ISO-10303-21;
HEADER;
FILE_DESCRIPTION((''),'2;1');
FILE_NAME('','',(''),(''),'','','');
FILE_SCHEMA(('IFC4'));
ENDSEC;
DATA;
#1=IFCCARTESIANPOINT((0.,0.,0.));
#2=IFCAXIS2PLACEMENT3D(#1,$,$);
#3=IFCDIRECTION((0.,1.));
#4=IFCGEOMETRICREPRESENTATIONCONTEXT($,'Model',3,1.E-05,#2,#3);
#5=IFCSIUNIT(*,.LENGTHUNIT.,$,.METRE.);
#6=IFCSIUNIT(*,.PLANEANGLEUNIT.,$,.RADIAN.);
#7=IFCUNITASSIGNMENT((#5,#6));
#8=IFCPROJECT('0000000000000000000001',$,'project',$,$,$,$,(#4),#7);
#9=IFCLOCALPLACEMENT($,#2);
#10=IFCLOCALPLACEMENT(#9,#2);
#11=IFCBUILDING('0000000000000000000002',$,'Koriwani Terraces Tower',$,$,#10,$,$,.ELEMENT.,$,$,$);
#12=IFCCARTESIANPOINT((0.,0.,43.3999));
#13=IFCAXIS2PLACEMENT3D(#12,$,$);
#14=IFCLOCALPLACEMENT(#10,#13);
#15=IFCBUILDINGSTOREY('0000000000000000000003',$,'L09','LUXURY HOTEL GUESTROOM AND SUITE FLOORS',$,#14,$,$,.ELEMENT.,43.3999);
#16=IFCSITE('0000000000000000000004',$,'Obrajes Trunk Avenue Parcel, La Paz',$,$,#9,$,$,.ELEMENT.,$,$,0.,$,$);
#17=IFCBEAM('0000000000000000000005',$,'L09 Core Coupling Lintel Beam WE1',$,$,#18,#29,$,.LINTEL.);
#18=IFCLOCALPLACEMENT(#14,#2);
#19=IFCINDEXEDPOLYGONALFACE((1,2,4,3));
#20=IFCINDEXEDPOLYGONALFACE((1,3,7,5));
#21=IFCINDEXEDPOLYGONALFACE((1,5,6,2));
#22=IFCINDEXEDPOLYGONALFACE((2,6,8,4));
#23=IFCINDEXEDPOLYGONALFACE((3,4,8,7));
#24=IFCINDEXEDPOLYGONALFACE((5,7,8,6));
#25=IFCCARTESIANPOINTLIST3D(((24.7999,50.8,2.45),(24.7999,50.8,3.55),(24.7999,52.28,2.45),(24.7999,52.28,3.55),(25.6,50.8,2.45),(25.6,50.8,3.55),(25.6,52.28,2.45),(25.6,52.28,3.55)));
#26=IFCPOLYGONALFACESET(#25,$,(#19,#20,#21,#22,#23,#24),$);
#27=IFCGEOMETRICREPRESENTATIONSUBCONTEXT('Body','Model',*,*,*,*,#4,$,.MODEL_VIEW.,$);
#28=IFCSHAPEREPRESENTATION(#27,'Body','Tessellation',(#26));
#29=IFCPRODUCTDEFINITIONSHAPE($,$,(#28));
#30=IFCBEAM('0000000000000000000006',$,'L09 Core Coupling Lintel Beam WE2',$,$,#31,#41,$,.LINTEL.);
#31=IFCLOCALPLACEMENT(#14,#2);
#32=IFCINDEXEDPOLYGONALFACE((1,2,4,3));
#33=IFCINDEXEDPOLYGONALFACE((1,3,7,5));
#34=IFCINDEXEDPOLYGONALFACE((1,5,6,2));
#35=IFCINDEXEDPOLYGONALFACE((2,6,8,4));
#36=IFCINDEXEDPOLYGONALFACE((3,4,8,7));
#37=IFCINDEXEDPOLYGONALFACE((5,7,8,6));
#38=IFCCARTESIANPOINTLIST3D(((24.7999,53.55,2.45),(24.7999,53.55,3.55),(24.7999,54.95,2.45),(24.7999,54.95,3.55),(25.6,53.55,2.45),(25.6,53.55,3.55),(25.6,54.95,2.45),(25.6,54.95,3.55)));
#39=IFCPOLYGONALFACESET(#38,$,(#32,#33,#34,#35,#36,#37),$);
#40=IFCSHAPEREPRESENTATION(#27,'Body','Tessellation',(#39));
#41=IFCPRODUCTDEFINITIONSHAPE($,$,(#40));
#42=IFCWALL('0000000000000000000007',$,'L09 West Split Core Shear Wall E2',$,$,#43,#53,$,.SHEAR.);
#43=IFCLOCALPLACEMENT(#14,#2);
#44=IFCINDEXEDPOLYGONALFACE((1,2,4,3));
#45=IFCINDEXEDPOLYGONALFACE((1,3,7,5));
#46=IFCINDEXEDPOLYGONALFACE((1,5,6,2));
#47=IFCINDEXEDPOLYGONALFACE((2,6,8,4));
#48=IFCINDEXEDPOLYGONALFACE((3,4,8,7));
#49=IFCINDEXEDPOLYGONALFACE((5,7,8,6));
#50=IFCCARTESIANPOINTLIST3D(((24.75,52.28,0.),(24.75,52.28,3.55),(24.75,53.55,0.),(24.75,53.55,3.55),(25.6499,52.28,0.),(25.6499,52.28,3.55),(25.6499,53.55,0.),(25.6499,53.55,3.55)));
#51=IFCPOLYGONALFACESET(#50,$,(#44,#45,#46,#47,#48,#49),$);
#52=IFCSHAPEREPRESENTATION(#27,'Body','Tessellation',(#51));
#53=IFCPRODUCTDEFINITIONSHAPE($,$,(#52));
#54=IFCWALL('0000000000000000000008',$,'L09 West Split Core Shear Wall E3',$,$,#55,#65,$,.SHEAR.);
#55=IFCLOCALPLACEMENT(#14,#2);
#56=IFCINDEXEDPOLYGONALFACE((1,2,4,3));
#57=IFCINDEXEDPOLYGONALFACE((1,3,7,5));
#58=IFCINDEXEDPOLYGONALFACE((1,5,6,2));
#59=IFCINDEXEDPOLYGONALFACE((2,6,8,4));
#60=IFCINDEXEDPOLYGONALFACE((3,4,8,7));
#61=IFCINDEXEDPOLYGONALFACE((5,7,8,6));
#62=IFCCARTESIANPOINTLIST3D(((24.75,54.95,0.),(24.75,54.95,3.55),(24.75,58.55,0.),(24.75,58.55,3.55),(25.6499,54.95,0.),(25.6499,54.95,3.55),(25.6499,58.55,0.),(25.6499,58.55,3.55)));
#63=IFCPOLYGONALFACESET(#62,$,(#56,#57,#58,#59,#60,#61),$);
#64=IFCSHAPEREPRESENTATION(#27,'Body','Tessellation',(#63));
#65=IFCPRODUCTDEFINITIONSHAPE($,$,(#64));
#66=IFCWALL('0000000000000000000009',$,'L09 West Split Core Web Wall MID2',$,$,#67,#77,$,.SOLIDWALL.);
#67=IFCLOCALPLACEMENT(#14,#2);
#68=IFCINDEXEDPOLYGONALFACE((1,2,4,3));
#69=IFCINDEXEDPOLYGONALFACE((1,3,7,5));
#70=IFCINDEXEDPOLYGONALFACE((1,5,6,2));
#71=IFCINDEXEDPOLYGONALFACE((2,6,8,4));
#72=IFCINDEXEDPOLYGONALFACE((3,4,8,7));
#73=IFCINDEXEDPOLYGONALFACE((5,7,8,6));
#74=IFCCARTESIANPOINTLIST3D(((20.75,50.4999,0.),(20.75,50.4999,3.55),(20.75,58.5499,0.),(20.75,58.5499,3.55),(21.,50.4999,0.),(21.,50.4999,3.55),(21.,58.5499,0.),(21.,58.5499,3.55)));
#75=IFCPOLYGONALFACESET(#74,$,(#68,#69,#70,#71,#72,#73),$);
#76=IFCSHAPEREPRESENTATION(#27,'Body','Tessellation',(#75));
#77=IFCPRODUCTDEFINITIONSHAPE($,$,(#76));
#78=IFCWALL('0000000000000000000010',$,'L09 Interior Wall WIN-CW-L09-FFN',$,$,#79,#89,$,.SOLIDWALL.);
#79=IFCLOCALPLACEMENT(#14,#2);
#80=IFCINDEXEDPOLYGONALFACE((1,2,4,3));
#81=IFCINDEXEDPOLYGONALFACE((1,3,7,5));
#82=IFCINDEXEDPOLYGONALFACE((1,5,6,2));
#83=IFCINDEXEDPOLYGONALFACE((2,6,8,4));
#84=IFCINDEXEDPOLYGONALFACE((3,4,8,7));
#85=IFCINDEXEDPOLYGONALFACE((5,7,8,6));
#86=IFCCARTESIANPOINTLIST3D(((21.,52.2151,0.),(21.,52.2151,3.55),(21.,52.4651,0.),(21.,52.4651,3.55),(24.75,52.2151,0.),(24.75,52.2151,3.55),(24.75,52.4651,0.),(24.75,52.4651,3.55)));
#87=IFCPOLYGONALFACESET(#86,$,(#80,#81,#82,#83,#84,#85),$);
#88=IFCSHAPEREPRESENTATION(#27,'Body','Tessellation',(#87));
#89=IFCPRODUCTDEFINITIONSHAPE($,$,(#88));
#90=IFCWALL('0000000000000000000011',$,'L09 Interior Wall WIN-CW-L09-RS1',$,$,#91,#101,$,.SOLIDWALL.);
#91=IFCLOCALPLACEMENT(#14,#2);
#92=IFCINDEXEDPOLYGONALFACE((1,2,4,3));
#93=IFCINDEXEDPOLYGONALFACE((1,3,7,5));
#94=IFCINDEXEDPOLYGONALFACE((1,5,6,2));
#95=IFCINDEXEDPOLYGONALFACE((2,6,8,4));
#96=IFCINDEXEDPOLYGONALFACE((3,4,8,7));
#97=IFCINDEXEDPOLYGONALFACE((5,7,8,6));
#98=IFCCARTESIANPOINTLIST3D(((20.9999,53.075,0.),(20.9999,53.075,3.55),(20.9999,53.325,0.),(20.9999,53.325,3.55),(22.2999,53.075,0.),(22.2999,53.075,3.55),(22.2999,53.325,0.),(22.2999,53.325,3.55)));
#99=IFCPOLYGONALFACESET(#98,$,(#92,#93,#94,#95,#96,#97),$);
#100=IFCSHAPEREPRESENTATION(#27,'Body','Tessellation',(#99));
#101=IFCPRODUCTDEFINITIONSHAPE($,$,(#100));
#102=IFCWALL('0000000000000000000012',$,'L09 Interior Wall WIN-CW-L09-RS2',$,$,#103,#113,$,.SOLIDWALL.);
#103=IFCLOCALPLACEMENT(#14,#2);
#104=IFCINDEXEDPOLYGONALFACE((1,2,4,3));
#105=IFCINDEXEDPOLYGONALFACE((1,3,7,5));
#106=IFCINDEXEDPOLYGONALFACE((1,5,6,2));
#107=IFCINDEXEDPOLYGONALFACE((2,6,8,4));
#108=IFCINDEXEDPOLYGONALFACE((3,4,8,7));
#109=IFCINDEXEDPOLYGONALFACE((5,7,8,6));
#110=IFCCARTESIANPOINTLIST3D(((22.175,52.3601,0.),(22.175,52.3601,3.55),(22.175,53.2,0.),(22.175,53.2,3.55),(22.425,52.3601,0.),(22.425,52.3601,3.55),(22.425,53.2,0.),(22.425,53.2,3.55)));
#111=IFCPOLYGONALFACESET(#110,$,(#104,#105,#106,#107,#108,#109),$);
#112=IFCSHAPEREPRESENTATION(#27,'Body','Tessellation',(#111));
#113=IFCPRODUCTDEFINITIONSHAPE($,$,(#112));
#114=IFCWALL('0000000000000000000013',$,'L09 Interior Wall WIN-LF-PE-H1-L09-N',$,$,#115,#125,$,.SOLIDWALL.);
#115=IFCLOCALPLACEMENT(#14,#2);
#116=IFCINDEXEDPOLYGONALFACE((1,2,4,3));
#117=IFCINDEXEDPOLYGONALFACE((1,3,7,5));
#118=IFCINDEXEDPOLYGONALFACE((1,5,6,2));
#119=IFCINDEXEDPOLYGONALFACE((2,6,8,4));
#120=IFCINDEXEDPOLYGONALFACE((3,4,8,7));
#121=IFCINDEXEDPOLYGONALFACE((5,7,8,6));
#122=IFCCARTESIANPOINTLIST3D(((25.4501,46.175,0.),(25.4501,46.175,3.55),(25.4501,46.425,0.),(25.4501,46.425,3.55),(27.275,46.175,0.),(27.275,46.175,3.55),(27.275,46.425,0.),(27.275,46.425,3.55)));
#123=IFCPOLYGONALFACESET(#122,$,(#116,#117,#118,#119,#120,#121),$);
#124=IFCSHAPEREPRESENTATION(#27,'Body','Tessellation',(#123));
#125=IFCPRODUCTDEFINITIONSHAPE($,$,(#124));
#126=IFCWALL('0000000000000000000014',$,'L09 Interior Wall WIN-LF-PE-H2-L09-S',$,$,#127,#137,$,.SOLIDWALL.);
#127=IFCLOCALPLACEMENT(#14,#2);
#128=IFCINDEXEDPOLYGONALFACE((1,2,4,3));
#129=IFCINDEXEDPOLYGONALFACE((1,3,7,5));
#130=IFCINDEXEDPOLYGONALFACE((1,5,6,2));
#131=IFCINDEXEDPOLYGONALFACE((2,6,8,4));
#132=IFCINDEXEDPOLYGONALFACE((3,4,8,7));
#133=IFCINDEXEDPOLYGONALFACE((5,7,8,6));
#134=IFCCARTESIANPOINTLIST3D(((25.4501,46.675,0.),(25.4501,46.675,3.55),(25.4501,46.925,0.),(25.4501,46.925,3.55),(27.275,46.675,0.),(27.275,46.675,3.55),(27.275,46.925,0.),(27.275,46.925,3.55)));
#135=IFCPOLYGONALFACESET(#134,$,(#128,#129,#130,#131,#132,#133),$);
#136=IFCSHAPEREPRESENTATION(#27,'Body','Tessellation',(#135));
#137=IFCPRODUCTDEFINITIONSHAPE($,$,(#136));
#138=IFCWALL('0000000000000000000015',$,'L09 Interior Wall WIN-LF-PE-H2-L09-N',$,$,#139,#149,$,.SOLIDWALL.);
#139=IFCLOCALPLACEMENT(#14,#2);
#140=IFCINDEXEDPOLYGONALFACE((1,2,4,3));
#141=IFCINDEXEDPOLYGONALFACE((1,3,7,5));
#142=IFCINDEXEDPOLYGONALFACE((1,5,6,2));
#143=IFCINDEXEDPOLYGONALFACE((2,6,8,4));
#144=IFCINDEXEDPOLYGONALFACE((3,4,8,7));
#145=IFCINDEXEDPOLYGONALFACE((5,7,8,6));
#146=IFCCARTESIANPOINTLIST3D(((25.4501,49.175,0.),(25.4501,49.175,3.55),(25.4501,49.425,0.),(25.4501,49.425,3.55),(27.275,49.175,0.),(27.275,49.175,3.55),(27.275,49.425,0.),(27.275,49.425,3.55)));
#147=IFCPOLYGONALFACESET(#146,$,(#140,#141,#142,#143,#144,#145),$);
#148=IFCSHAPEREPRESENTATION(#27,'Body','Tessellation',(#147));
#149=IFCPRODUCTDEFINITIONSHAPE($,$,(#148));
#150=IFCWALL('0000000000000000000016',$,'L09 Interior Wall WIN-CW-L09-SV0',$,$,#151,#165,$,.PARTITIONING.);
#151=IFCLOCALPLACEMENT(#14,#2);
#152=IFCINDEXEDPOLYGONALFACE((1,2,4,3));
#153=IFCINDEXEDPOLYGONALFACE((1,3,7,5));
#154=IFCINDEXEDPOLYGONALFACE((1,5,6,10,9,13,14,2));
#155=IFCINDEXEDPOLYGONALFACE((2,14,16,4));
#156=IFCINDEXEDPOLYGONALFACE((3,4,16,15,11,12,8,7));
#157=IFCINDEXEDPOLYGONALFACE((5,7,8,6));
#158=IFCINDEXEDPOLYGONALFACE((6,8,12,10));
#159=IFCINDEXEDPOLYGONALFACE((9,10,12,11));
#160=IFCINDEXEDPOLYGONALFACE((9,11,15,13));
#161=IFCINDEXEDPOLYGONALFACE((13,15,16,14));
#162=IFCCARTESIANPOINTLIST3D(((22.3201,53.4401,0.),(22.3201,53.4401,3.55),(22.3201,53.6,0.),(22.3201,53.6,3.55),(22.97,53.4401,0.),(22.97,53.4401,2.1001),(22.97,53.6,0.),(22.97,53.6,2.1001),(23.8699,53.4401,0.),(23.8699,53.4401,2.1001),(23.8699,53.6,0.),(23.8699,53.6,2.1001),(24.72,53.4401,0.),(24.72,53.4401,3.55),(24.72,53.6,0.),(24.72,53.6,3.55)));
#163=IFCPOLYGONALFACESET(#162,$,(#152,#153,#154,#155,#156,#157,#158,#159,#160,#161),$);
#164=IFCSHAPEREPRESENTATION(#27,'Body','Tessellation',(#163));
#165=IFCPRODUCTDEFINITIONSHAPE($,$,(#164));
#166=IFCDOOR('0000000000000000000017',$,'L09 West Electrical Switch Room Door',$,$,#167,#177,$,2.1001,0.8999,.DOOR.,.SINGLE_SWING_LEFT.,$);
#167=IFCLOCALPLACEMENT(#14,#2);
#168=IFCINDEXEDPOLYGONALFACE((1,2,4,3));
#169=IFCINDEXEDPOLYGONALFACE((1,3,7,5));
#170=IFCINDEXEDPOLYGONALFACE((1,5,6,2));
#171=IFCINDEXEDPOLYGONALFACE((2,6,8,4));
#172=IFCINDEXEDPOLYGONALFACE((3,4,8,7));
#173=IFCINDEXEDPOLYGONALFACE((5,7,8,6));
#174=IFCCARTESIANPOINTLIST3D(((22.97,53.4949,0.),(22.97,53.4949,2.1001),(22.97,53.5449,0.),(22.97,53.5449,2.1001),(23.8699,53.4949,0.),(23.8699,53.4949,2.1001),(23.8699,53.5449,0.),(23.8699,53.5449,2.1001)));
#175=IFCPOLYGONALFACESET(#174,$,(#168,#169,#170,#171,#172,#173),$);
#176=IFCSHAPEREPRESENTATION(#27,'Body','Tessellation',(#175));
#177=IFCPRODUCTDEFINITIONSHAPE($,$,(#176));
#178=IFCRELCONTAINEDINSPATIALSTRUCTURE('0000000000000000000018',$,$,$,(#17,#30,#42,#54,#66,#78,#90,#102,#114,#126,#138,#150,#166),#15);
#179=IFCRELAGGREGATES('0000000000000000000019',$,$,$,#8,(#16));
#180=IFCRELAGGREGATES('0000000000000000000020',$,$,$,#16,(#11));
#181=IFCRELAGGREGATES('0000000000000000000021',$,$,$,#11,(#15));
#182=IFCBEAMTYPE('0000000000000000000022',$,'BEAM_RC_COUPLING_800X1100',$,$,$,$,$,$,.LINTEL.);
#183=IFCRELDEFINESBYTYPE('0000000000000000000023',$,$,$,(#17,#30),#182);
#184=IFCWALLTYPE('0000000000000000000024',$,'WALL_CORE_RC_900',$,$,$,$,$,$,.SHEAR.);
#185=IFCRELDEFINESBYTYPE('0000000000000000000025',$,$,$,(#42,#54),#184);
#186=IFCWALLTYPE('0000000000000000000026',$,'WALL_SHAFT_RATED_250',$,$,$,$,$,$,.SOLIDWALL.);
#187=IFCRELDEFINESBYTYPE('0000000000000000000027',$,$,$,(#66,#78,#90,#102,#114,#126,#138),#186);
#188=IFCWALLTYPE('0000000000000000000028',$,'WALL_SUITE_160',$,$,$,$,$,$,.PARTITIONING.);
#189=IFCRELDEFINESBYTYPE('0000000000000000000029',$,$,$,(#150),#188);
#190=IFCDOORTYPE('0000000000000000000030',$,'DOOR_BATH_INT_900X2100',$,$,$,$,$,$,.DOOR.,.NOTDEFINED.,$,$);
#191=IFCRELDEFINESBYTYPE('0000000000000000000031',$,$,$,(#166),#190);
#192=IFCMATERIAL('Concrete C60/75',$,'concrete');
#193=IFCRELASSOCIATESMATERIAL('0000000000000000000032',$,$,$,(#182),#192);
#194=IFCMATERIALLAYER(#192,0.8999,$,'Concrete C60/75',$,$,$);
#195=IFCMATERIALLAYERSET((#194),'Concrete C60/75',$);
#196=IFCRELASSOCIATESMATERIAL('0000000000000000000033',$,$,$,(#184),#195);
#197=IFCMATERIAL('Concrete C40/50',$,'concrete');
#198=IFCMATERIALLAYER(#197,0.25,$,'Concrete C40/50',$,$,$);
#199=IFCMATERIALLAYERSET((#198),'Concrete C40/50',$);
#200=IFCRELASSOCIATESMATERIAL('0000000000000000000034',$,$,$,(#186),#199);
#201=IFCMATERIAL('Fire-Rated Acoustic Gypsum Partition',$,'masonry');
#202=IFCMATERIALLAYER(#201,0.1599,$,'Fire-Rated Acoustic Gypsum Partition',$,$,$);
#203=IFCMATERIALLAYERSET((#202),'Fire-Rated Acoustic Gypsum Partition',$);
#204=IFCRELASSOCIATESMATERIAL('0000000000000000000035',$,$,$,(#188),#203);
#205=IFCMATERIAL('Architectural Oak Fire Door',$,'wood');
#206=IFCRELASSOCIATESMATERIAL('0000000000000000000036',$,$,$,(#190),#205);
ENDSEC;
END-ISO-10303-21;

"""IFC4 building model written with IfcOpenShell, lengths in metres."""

from ifc_helpers import new_model, si_unit, direction, frame, frame_2d, origin, origin_2d, place, context, subcontext, project, spatial, rectangle, extrude, material, layer, layer_set, material_profile, profile_set, type_object, element, fill, save


model = new_model("IFC4")

# Units and contexts
model_context = context("Model", 3, precision=1e-05, world=origin(), true_north=direction((0.0, 1.0)))
body_context = subcontext(model_context, "Body", "Model", "MODEL_VIEW")
ifc_project = project(units=[si_unit("LENGTHUNIT", "METRE"), si_unit("PLANEANGLEUNIT", "RADIAN")], contexts=[model_context])

# Site, building, storey
site_placement = place(None, origin())
site = spatial("IfcSite", under=ifc_project, at=site_placement, Name="Obrajes Trunk Avenue Parcel, La Paz", CompositionType="ELEMENT", RefElevation=0.0)
building_placement = place(site_placement, origin())
building = spatial("IfcBuilding", under=site, at=building_placement, Name="Koriwani Terraces Tower", CompositionType="ELEMENT")
storey_placement = place(building_placement, frame((0.0, 0.0, 43.3999)))
storey = spatial("IfcBuildingStorey", under=building, at=storey_placement, Name="L09", Description="LUXURY HOTEL GUESTROOM AND SUITE FLOORS", CompositionType="ELEMENT", Elevation=43.3999)

# Beams
ifc_material_1 = material(Name="Concrete C60/75", Category="concrete")
ifc_material_profile = material_profile(ifc_material_1, rectangle(XDim=0.8, YDim=1.1001, at=origin_2d()), Name="Concrete C60/75", Category="LoadBearing")
ifc_profile_set = profile_set([ifc_material_profile], Name="Concrete C60/75")
beam_type = type_object("IfcBeamType", Name="BEAM_RC_COUPLING_800X1100", PredefinedType="LINTEL", material=ifc_profile_set)
beam_1_placement = place(storey_placement, frame((25.2, 50.8, 3.0), z_axis=(0.0, 1.0, 0.0), x_axis=(-1.0, 0.0, 0.0)))
element("IfcBeam", 1, at=beam_1_placement, inside=storey, type_object=beam_type, Name="L09 Core Coupling Lintel Beam WE1", PredefinedType="LINTEL", context=body_context, shape_type="SweptSolid", body=[
    extrude(rectangle(XDim=0.8, YDim=1.1001, at=origin_2d()), origin(), (0.0, 0.0, 1.0), 1.48),
])
beam_2_placement = place(storey_placement, frame((25.2, 53.55, 3.0), z_axis=(0.0, 1.0, 0.0), x_axis=(-1.0, 0.0, 0.0)))
element("IfcBeam", 2, at=beam_2_placement, inside=storey, type_object=beam_type, Name="L09 Core Coupling Lintel Beam WE2", PredefinedType="LINTEL", context=body_context, shape_type="SweptSolid", body=[
    extrude(rectangle(XDim=0.8, YDim=1.1001, at=origin_2d()), origin(), (0.0, 0.0, 1.0), 1.3999),
])

# Walls
ifc_layer_1 = layer(ifc_material_1, 0.8999, Name="Concrete C60/75")
ifc_layer_set_1 = layer_set([ifc_layer_1], Name="Concrete C60/75")
wall_type_1 = type_object("IfcWallType", Name="WALL_CORE_RC_900", PredefinedType="SHEAR", material=ifc_layer_set_1)
wall_1_placement = place(storey_placement, frame((25.2, 52.28, 0.0), z_axis=(0.0, 0.0, 1.0), x_axis=(0.0, 1.0, 0.0)))
element("IfcWall", 3, at=wall_1_placement, inside=storey, type_object=wall_type_1, Name="L09 West Split Core Shear Wall E2", PredefinedType="SHEAR", context=body_context, shape_type="SweptSolid", body=[
    extrude(rectangle(XDim=1.27, YDim=0.8999, at=frame_2d((0.635, 0.0))), origin(), (0.0, 0.0, 1.0), 3.55),
])
wall_2_placement = place(storey_placement, frame((25.2, 54.95, 0.0), z_axis=(0.0, 0.0, 1.0), x_axis=(0.0, 1.0, 0.0)))
element("IfcWall", 4, at=wall_2_placement, inside=storey, type_object=wall_type_1, Name="L09 West Split Core Shear Wall E3", PredefinedType="SHEAR", context=body_context, shape_type="SweptSolid", body=[
    extrude(rectangle(XDim=3.6001, YDim=0.8999, at=frame_2d((1.8, 0.0))), origin(), (0.0, 0.0, 1.0), 3.55),
])
ifc_material_2 = material(Name="Concrete C40/50", Category="concrete")
ifc_layer_2 = layer(ifc_material_2, 0.25, Name="Concrete C40/50")
ifc_layer_set_2 = layer_set([ifc_layer_2], Name="Concrete C40/50")
wall_type_2 = type_object("IfcWallType", Name="WALL_SHAFT_RATED_250", PredefinedType="SOLIDWALL", material=ifc_layer_set_2)
wall_3_placement = place(storey_placement, frame((20.875, 50.5, 0.0), z_axis=(0.0, 0.0, 1.0), x_axis=(0.0, 1.0, 0.0)))
element("IfcWall", 5, at=wall_3_placement, inside=storey, type_object=wall_type_2, Name="L09 West Split Core Web Wall MID2", PredefinedType="SOLIDWALL", context=body_context, shape_type="SweptSolid", body=[
    extrude(rectangle(XDim=8.05, YDim=0.25, at=frame_2d((4.0249, 0.0))), origin(), (0.0, 0.0, 1.0), 3.55),
])

# Wall
wall_4_placement = place(storey_placement, frame((21.0, 52.3401, 0.0), z_axis=(0.0, 0.0, 1.0), x_axis=(1.0, 0.0, 0.0)))
element("IfcWall", 6, at=wall_4_placement, inside=storey, type_object=wall_type_2, Name="L09 Interior Wall WIN-CW-L09-FFN", PredefinedType="SOLIDWALL", context=body_context, shape_type="SweptSolid", body=[
    extrude(rectangle(XDim=3.75, YDim=0.25, at=frame_2d((1.875, 0.0))), origin(), (0.0, 0.0, 1.0), 3.55),
])

# Walls
wall_5_placement = place(storey_placement, frame((21.0, 53.2, 0.0), z_axis=(0.0, 0.0, 1.0), x_axis=(1.0, 0.0, 0.0)))
element("IfcWall", 7, at=wall_5_placement, inside=storey, type_object=wall_type_2, Name="L09 Interior Wall WIN-CW-L09-RS1", PredefinedType="SOLIDWALL", context=body_context, shape_type="SweptSolid", body=[
    extrude(rectangle(XDim=1.3, YDim=0.25, at=frame_2d((0.6499, 0.0))), origin(), (0.0, 0.0, 1.0), 3.55),
])
wall_6_placement = place(storey_placement, frame((22.3, 52.3601, 0.0), z_axis=(0.0, 0.0, 1.0), x_axis=(0.0, 1.0, 0.0)))
element("IfcWall", 8, at=wall_6_placement, inside=storey, type_object=wall_type_2, Name="L09 Interior Wall WIN-CW-L09-RS2", PredefinedType="SOLIDWALL", context=body_context, shape_type="SweptSolid", body=[
    extrude(rectangle(XDim=0.8398, YDim=0.25, at=frame_2d((0.4199, 0.0))), origin(), (0.0, 0.0, 1.0), 3.55),
])
for number, where, z_axis, x_axis, name in (
    (9, (25.45, 46.3, 0.0), (0.0, 0.0, 1.0), (1.0, 0.0, 0.0), "L09 Interior Wall WIN-LF-PE-H1-L09-N"),
    (10, (25.45, 46.8, 0.0), (0.0, 0.0, 1.0), (1.0, 0.0, 0.0), "L09 Interior Wall WIN-LF-PE-H2-L09-S"),
    (11, (25.45, 49.3, 0.0), (0.0, 0.0, 1.0), (1.0, 0.0, 0.0), "L09 Interior Wall WIN-LF-PE-H2-L09-N"),
):
    element("IfcWall", number, at=place(storey_placement, frame(where, z_axis=z_axis, x_axis=x_axis)), inside=storey, type_object=wall_type_2, Name=name, PredefinedType="SOLIDWALL", context=body_context, shape_type="SweptSolid", body=[
        extrude(rectangle(XDim=1.825, YDim=0.25, at=frame_2d((0.9126, 0.0))), origin(), (0.0, 0.0, 1.0), 3.55),
    ])

# Wall, opening, door
ifc_material_3 = material(Name="Fire-Rated Acoustic Gypsum Partition", Category="masonry")
ifc_layer_3 = layer(ifc_material_3, 0.1599, Name="Fire-Rated Acoustic Gypsum Partition")
ifc_layer_set_3 = layer_set([ifc_layer_3], Name="Fire-Rated Acoustic Gypsum Partition")
wall_type_3 = type_object("IfcWallType", Name="WALL_SUITE_160", PredefinedType="PARTITIONING", material=ifc_layer_set_3)
wall_7_placement = place(storey_placement, frame((22.3201, 53.52, 0.0), z_axis=(0.0, 0.0, 1.0), x_axis=(1.0, 0.0, 0.0)))
wall_7 = element("IfcWall", 12, at=wall_7_placement, inside=storey, type_object=wall_type_3, Name="L09 Interior Wall WIN-CW-L09-SV0", PredefinedType="PARTITIONING", context=body_context, shape_type="SweptSolid", body=[
    extrude(rectangle(XDim=2.3999, YDim=0.1599, at=frame_2d((1.2, 0.0))), origin(), (0.0, 0.0, 1.0), 3.55),
])
opening_1_placement = place(wall_7_placement, frame((0.6499, 0.0, 0.0)))
opening_1 = element("IfcOpeningElement", 13, at=opening_1_placement, cuts=wall_7, PredefinedType="OPENING", context=body_context, shape_type="SweptSolid", body=[
    extrude(rectangle(XDim=0.8999, YDim=2.1001, at=frame_2d((0.45, 1.05))), frame((0.0, 0.0898, 0.0), z_axis=(0.0, -1.0, 0.0), x_axis=(1.0, 0.0, 0.0)), (0.0, 0.0, 1.0), 0.1799),
])
ifc_material_4 = material(Name="Architectural Oak Fire Door", Category="wood")
door_type_1 = type_object("IfcDoorType", Name="DOOR_BATH_INT_900X2100", OperationType="NOTDEFINED", PredefinedType="DOOR", material=ifc_material_4)
door_1_placement = place(opening_1_placement, origin())
door_1 = element("IfcDoor", 14, at=door_1_placement, inside=storey, type_object=door_type_1, Name="L09 West Electrical Switch Room Door", OperationType="SINGLE_SWING_LEFT", OverallHeight=2.1001, OverallWidth=0.8999, PredefinedType="DOOR", context=body_context, shape_type="SweptSolid", body=[
    extrude(rectangle(XDim=0.8999, YDim=2.1001, at=frame_2d((0.45, 1.05))), frame((0.0, 0.0249, 0.0), z_axis=(0.0, -1.0, 0.0), x_axis=(1.0, 0.0, 0.0)), (0.0, 0.0, 1.0), 0.05),
])
fill(opening_1, door_1)

save(model, "model.ifc")
